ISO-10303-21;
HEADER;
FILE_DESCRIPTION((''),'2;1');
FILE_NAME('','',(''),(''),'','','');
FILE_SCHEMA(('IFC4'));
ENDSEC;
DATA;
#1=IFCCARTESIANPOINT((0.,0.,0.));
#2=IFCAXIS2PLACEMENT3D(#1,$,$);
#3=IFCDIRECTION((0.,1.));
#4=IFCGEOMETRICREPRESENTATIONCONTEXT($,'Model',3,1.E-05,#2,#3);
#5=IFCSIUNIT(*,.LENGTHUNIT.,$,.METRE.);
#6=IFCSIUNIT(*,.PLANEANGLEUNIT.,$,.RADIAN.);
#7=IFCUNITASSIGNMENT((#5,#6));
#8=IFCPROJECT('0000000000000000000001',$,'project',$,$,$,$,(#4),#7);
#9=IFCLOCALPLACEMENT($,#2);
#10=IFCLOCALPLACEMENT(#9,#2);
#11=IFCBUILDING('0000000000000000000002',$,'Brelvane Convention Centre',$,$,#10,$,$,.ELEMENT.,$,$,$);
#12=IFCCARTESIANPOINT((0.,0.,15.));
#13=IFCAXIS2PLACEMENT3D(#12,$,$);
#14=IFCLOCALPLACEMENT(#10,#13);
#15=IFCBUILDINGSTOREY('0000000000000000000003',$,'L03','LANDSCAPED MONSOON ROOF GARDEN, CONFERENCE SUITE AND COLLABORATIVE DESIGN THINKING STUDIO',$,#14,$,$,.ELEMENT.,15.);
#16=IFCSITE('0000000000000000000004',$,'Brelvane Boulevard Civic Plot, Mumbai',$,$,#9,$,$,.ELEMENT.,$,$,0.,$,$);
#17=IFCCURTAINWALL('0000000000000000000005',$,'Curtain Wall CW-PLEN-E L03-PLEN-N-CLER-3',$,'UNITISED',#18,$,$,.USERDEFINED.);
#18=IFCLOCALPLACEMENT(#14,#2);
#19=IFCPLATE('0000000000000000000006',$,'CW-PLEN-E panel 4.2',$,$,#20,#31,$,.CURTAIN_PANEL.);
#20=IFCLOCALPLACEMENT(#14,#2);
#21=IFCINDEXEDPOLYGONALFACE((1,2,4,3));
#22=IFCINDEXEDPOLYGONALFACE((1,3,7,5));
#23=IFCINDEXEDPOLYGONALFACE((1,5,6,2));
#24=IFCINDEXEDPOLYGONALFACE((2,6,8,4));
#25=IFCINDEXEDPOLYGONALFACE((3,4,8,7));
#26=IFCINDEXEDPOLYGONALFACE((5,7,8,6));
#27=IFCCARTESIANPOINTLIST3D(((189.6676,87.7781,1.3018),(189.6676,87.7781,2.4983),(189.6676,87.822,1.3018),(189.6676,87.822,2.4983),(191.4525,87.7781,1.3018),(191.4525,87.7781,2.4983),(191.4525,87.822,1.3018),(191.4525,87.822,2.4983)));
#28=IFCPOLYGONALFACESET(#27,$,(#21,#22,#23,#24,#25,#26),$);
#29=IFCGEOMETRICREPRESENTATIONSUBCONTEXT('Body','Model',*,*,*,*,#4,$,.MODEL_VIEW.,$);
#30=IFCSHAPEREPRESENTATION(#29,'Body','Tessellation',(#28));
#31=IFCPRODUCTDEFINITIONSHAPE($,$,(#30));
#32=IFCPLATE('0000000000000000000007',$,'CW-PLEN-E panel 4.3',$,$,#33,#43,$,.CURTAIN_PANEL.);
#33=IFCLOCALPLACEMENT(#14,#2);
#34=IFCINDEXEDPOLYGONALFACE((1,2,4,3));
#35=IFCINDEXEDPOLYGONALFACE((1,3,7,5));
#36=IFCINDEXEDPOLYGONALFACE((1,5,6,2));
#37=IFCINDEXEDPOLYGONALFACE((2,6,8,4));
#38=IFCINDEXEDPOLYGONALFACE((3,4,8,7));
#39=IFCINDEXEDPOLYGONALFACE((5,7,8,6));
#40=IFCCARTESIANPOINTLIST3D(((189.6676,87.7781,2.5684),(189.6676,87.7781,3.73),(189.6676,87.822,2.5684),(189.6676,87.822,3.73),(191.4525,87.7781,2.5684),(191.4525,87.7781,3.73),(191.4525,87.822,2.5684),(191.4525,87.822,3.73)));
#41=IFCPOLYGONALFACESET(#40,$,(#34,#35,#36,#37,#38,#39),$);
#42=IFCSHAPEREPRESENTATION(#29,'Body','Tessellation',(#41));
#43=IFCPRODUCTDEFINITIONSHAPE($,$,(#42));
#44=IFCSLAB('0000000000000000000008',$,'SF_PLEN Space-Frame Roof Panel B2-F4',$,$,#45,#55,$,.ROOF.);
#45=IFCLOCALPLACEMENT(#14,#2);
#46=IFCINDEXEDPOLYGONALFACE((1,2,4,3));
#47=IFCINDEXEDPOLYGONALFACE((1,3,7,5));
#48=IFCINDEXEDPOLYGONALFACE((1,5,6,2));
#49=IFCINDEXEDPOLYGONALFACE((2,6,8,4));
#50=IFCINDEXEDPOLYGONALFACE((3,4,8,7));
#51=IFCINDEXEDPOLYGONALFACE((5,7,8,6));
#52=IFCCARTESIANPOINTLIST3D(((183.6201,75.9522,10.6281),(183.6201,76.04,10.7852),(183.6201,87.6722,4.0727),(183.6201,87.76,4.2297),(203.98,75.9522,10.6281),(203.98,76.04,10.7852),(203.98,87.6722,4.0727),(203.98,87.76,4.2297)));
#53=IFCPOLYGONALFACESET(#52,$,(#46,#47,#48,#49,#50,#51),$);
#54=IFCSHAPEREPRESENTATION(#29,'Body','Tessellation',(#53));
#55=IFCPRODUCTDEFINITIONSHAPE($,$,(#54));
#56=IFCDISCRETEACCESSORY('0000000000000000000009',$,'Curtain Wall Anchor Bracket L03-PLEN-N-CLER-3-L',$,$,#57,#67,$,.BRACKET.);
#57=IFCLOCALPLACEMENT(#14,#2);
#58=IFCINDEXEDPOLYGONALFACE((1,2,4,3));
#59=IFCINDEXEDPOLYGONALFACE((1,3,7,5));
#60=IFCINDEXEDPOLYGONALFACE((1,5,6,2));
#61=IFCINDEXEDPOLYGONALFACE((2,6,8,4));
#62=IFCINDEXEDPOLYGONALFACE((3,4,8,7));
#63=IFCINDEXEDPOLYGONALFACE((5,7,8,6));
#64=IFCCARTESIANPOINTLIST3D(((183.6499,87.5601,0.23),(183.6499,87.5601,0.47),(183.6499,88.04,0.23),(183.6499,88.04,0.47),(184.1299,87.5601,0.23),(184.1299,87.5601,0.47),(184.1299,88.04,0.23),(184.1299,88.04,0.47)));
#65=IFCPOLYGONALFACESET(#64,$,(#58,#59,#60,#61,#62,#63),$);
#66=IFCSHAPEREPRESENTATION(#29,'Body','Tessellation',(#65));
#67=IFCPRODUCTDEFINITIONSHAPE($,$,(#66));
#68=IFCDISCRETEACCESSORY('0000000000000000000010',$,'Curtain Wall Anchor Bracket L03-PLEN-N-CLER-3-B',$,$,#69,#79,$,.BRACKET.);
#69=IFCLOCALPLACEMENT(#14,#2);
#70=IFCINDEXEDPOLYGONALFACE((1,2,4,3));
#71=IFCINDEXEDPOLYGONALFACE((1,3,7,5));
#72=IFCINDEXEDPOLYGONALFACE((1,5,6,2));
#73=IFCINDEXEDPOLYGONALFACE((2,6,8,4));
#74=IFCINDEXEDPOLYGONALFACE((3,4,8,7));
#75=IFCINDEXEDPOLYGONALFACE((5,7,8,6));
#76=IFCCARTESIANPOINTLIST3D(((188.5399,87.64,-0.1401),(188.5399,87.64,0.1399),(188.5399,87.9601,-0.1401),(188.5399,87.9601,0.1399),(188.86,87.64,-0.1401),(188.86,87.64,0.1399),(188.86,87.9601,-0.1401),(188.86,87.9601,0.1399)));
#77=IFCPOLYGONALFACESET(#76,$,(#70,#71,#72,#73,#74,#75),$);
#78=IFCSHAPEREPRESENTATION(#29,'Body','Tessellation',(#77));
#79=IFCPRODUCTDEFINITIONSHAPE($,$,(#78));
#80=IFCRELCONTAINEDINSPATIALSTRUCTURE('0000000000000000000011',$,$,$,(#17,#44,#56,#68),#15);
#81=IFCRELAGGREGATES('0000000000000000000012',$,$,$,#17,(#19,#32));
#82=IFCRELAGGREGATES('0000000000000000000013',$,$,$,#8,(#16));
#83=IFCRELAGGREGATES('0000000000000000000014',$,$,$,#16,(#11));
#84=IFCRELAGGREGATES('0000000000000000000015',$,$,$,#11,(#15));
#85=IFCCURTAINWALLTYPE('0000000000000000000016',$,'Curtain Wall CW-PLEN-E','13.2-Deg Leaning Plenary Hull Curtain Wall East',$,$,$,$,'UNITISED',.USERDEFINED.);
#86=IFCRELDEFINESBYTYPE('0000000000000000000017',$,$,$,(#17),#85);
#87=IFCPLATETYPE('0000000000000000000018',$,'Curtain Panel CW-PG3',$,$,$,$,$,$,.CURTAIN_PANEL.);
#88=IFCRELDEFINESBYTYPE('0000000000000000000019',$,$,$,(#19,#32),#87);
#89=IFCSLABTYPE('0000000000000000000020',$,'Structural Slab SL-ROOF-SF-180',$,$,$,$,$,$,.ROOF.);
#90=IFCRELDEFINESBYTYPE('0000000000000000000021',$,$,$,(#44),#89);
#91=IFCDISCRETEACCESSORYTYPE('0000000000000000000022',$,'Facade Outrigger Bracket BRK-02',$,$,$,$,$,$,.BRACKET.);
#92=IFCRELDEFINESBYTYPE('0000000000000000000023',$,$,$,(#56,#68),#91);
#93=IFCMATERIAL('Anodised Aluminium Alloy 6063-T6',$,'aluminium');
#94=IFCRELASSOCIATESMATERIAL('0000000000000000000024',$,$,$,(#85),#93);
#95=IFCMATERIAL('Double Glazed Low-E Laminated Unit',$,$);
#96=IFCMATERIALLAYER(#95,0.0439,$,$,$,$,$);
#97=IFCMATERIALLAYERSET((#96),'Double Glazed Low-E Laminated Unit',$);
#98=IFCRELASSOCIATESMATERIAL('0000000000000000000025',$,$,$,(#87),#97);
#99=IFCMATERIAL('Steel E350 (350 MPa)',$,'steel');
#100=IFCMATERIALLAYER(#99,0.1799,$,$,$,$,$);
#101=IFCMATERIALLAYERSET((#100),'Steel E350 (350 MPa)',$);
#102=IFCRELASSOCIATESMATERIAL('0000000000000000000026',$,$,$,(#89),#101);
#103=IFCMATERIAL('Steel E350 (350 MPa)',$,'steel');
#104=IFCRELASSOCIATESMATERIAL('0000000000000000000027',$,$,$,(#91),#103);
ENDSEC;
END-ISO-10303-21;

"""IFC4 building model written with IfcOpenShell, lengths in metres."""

from ifc_helpers import new_model, si_unit, direction, frame, origin, origin_2d, place, context, subcontext, project, spatial, polyline, rectangle, outline, extrude, material, layer, layer_set, type_object, element, aggregate, save


model = new_model("IFC4")

# Units and contexts
model_context = context("Model", 3, precision=1e-05, world=origin(), true_north=direction((0.0, 1.0)))
body_context = subcontext(model_context, "Body", "Model", "MODEL_VIEW")
ifc_project = project(units=[si_unit("LENGTHUNIT", "METRE"), si_unit("PLANEANGLEUNIT", "RADIAN")], contexts=[model_context])

# Site, building, storey
site_placement = place(None, origin())
site = spatial("IfcSite", under=ifc_project, at=site_placement, Name="Brelvane Boulevard Civic Plot, Mumbai", CompositionType="ELEMENT", RefElevation=0.0)
building_placement = place(site_placement, origin())
building = spatial("IfcBuilding", under=site, at=building_placement, Name="Brelvane Convention Centre", CompositionType="ELEMENT")
storey_placement = place(building_placement, frame((0.0, 0.0, 15.0)))
storey = spatial("IfcBuildingStorey", under=building, at=storey_placement, Name="L03", Description="LANDSCAPED MONSOON ROOF GARDEN, CONFERENCE SUITE AND COLLABORATIVE DESIGN THINKING STUDIO", CompositionType="ELEMENT", Elevation=15.0)

# Curtain wall, plates
ifc_material_1 = material(Name="Anodised Aluminium Alloy 6063-T6", Category="aluminium")
curtain_wall_type = type_object("IfcCurtainWallType", Name="Curtain Wall CW-PLEN-E", Description="13.2-Deg Leaning Plenary Hull Curtain Wall East", ElementType="UNITISED", PredefinedType="USERDEFINED", material=ifc_material_1)
curtain_wall_placement = place(storey_placement, origin())
curtain_wall = element("IfcCurtainWall", 1, at=curtain_wall_placement, inside=storey, type_object=curtain_wall_type, Name="Curtain Wall CW-PLEN-E L03-PLEN-N-CLER-3", ObjectType="UNITISED", PredefinedType="USERDEFINED")
ifc_material_2 = material(Name="Double Glazed Low-E Laminated Unit")
ifc_layer_1 = layer(ifc_material_2, 0.0439)
ifc_layer_set_1 = layer_set([ifc_layer_1], Name="Double Glazed Low-E Laminated Unit")
plate_type = type_object("IfcPlateType", Name="Curtain Panel CW-PG3", PredefinedType="CURTAIN_PANEL", material=ifc_layer_set_1)
plate_1_placement = place(storey_placement, frame((190.5601, 87.8, 1.3018), z_axis=(0.0, 0.0, 1.0), x_axis=(1.0, 0.0, 0.0)))
plate_1 = element("IfcPlate", 2, at=plate_1_placement, type_object=plate_type, Name="CW-PLEN-E panel 4.2", PredefinedType="CURTAIN_PANEL", context=body_context, shape_type="SweptSolid", body=[
    extrude(rectangle(XDim=1.7849, YDim=0.0439, at=origin_2d()), origin(), (0.0, 0.0, 1.0), 1.1965),
])
plate_2_placement = place(storey_placement, frame((190.5601, 87.8, 2.5684), z_axis=(0.0, 0.0, 1.0), x_axis=(1.0, 0.0, 0.0)))
plate_2 = element("IfcPlate", 3, at=plate_2_placement, type_object=plate_type, Name="CW-PLEN-E panel 4.3", PredefinedType="CURTAIN_PANEL", context=body_context, shape_type="SweptSolid", body=[
    extrude(rectangle(XDim=1.7849, YDim=0.0439, at=origin_2d()), origin(), (0.0, 0.0, 1.0), 1.1616),
])
aggregate(curtain_wall, [plate_1, plate_2])

# Slab
ifc_material_3 = material(Name="Steel E350 (350 MPa)", Category="steel")
ifc_layer_2 = layer(ifc_material_3, 0.1799)
ifc_layer_set_2 = layer_set([ifc_layer_2], Name="Steel E350 (350 MPa)")
slab_type = type_object("IfcSlabType", Name="Structural Slab SL-ROOF-SF-180", PredefinedType="ROOF", material=ifc_layer_set_2)
slab_placement = place(storey_placement, frame((183.6201, 76.04, 10.7852), z_axis=(0.0, 0.488163, 0.872752), x_axis=(1.0, 0.0, 0.0)))
element("IfcSlab", 4, at=slab_placement, inside=storey, type_object=slab_type, Name="SF_PLEN Space-Frame Roof Panel B2-F4", PredefinedType="ROOF", context=body_context, shape_type="SweptSolid", body=[
    extrude(outline(polyline([(0.0, 0.0), (20.3599, 0.0), (20.3599, 13.4287), (0.0, 13.4287), (0.0, 0.0)])), origin(), (0.0, 0.0, -1.0), 0.1799),
])

# Discrete accessories
ifc_material_4 = material(Name="Steel E350 (350 MPa)", Category="steel")
discrete_accessory_type = type_object("IfcDiscreteAccessoryType", Name="Facade Outrigger Bracket BRK-02", PredefinedType="BRACKET", material=ifc_material_4)
discrete_accessory_1_placement = place(storey_placement, frame((183.8899, 87.8, 0.23), z_axis=(0.0, 0.0, 1.0), x_axis=(1.0, 0.0, 0.0)))
element("IfcDiscreteAccessory", 5, at=discrete_accessory_1_placement, inside=storey, type_object=discrete_accessory_type, Name="Curtain Wall Anchor Bracket L03-PLEN-N-CLER-3-L", PredefinedType="BRACKET", context=body_context, shape_type="SweptSolid", body=[
    extrude(rectangle(XDim=0.48, YDim=0.48, at=origin_2d()), origin(), (0.0, 0.0, 1.0), 0.24),
])
discrete_accessory_2_placement = place(storey_placement, frame((188.7, 87.8, -0.1401), z_axis=(0.0, 0.0, 1.0), x_axis=(1.0, 0.0, 0.0)))
element("IfcDiscreteAccessory", 6, at=discrete_accessory_2_placement, inside=storey, type_object=discrete_accessory_type, Name="Curtain Wall Anchor Bracket L03-PLEN-N-CLER-3-B", PredefinedType="BRACKET", context=body_context, shape_type="SweptSolid", body=[
    extrude(rectangle(XDim=0.3201, YDim=0.3201, at=origin_2d()), origin(), (0.0, 0.0, 1.0), 0.28),
])

save(model, "model.ifc")
